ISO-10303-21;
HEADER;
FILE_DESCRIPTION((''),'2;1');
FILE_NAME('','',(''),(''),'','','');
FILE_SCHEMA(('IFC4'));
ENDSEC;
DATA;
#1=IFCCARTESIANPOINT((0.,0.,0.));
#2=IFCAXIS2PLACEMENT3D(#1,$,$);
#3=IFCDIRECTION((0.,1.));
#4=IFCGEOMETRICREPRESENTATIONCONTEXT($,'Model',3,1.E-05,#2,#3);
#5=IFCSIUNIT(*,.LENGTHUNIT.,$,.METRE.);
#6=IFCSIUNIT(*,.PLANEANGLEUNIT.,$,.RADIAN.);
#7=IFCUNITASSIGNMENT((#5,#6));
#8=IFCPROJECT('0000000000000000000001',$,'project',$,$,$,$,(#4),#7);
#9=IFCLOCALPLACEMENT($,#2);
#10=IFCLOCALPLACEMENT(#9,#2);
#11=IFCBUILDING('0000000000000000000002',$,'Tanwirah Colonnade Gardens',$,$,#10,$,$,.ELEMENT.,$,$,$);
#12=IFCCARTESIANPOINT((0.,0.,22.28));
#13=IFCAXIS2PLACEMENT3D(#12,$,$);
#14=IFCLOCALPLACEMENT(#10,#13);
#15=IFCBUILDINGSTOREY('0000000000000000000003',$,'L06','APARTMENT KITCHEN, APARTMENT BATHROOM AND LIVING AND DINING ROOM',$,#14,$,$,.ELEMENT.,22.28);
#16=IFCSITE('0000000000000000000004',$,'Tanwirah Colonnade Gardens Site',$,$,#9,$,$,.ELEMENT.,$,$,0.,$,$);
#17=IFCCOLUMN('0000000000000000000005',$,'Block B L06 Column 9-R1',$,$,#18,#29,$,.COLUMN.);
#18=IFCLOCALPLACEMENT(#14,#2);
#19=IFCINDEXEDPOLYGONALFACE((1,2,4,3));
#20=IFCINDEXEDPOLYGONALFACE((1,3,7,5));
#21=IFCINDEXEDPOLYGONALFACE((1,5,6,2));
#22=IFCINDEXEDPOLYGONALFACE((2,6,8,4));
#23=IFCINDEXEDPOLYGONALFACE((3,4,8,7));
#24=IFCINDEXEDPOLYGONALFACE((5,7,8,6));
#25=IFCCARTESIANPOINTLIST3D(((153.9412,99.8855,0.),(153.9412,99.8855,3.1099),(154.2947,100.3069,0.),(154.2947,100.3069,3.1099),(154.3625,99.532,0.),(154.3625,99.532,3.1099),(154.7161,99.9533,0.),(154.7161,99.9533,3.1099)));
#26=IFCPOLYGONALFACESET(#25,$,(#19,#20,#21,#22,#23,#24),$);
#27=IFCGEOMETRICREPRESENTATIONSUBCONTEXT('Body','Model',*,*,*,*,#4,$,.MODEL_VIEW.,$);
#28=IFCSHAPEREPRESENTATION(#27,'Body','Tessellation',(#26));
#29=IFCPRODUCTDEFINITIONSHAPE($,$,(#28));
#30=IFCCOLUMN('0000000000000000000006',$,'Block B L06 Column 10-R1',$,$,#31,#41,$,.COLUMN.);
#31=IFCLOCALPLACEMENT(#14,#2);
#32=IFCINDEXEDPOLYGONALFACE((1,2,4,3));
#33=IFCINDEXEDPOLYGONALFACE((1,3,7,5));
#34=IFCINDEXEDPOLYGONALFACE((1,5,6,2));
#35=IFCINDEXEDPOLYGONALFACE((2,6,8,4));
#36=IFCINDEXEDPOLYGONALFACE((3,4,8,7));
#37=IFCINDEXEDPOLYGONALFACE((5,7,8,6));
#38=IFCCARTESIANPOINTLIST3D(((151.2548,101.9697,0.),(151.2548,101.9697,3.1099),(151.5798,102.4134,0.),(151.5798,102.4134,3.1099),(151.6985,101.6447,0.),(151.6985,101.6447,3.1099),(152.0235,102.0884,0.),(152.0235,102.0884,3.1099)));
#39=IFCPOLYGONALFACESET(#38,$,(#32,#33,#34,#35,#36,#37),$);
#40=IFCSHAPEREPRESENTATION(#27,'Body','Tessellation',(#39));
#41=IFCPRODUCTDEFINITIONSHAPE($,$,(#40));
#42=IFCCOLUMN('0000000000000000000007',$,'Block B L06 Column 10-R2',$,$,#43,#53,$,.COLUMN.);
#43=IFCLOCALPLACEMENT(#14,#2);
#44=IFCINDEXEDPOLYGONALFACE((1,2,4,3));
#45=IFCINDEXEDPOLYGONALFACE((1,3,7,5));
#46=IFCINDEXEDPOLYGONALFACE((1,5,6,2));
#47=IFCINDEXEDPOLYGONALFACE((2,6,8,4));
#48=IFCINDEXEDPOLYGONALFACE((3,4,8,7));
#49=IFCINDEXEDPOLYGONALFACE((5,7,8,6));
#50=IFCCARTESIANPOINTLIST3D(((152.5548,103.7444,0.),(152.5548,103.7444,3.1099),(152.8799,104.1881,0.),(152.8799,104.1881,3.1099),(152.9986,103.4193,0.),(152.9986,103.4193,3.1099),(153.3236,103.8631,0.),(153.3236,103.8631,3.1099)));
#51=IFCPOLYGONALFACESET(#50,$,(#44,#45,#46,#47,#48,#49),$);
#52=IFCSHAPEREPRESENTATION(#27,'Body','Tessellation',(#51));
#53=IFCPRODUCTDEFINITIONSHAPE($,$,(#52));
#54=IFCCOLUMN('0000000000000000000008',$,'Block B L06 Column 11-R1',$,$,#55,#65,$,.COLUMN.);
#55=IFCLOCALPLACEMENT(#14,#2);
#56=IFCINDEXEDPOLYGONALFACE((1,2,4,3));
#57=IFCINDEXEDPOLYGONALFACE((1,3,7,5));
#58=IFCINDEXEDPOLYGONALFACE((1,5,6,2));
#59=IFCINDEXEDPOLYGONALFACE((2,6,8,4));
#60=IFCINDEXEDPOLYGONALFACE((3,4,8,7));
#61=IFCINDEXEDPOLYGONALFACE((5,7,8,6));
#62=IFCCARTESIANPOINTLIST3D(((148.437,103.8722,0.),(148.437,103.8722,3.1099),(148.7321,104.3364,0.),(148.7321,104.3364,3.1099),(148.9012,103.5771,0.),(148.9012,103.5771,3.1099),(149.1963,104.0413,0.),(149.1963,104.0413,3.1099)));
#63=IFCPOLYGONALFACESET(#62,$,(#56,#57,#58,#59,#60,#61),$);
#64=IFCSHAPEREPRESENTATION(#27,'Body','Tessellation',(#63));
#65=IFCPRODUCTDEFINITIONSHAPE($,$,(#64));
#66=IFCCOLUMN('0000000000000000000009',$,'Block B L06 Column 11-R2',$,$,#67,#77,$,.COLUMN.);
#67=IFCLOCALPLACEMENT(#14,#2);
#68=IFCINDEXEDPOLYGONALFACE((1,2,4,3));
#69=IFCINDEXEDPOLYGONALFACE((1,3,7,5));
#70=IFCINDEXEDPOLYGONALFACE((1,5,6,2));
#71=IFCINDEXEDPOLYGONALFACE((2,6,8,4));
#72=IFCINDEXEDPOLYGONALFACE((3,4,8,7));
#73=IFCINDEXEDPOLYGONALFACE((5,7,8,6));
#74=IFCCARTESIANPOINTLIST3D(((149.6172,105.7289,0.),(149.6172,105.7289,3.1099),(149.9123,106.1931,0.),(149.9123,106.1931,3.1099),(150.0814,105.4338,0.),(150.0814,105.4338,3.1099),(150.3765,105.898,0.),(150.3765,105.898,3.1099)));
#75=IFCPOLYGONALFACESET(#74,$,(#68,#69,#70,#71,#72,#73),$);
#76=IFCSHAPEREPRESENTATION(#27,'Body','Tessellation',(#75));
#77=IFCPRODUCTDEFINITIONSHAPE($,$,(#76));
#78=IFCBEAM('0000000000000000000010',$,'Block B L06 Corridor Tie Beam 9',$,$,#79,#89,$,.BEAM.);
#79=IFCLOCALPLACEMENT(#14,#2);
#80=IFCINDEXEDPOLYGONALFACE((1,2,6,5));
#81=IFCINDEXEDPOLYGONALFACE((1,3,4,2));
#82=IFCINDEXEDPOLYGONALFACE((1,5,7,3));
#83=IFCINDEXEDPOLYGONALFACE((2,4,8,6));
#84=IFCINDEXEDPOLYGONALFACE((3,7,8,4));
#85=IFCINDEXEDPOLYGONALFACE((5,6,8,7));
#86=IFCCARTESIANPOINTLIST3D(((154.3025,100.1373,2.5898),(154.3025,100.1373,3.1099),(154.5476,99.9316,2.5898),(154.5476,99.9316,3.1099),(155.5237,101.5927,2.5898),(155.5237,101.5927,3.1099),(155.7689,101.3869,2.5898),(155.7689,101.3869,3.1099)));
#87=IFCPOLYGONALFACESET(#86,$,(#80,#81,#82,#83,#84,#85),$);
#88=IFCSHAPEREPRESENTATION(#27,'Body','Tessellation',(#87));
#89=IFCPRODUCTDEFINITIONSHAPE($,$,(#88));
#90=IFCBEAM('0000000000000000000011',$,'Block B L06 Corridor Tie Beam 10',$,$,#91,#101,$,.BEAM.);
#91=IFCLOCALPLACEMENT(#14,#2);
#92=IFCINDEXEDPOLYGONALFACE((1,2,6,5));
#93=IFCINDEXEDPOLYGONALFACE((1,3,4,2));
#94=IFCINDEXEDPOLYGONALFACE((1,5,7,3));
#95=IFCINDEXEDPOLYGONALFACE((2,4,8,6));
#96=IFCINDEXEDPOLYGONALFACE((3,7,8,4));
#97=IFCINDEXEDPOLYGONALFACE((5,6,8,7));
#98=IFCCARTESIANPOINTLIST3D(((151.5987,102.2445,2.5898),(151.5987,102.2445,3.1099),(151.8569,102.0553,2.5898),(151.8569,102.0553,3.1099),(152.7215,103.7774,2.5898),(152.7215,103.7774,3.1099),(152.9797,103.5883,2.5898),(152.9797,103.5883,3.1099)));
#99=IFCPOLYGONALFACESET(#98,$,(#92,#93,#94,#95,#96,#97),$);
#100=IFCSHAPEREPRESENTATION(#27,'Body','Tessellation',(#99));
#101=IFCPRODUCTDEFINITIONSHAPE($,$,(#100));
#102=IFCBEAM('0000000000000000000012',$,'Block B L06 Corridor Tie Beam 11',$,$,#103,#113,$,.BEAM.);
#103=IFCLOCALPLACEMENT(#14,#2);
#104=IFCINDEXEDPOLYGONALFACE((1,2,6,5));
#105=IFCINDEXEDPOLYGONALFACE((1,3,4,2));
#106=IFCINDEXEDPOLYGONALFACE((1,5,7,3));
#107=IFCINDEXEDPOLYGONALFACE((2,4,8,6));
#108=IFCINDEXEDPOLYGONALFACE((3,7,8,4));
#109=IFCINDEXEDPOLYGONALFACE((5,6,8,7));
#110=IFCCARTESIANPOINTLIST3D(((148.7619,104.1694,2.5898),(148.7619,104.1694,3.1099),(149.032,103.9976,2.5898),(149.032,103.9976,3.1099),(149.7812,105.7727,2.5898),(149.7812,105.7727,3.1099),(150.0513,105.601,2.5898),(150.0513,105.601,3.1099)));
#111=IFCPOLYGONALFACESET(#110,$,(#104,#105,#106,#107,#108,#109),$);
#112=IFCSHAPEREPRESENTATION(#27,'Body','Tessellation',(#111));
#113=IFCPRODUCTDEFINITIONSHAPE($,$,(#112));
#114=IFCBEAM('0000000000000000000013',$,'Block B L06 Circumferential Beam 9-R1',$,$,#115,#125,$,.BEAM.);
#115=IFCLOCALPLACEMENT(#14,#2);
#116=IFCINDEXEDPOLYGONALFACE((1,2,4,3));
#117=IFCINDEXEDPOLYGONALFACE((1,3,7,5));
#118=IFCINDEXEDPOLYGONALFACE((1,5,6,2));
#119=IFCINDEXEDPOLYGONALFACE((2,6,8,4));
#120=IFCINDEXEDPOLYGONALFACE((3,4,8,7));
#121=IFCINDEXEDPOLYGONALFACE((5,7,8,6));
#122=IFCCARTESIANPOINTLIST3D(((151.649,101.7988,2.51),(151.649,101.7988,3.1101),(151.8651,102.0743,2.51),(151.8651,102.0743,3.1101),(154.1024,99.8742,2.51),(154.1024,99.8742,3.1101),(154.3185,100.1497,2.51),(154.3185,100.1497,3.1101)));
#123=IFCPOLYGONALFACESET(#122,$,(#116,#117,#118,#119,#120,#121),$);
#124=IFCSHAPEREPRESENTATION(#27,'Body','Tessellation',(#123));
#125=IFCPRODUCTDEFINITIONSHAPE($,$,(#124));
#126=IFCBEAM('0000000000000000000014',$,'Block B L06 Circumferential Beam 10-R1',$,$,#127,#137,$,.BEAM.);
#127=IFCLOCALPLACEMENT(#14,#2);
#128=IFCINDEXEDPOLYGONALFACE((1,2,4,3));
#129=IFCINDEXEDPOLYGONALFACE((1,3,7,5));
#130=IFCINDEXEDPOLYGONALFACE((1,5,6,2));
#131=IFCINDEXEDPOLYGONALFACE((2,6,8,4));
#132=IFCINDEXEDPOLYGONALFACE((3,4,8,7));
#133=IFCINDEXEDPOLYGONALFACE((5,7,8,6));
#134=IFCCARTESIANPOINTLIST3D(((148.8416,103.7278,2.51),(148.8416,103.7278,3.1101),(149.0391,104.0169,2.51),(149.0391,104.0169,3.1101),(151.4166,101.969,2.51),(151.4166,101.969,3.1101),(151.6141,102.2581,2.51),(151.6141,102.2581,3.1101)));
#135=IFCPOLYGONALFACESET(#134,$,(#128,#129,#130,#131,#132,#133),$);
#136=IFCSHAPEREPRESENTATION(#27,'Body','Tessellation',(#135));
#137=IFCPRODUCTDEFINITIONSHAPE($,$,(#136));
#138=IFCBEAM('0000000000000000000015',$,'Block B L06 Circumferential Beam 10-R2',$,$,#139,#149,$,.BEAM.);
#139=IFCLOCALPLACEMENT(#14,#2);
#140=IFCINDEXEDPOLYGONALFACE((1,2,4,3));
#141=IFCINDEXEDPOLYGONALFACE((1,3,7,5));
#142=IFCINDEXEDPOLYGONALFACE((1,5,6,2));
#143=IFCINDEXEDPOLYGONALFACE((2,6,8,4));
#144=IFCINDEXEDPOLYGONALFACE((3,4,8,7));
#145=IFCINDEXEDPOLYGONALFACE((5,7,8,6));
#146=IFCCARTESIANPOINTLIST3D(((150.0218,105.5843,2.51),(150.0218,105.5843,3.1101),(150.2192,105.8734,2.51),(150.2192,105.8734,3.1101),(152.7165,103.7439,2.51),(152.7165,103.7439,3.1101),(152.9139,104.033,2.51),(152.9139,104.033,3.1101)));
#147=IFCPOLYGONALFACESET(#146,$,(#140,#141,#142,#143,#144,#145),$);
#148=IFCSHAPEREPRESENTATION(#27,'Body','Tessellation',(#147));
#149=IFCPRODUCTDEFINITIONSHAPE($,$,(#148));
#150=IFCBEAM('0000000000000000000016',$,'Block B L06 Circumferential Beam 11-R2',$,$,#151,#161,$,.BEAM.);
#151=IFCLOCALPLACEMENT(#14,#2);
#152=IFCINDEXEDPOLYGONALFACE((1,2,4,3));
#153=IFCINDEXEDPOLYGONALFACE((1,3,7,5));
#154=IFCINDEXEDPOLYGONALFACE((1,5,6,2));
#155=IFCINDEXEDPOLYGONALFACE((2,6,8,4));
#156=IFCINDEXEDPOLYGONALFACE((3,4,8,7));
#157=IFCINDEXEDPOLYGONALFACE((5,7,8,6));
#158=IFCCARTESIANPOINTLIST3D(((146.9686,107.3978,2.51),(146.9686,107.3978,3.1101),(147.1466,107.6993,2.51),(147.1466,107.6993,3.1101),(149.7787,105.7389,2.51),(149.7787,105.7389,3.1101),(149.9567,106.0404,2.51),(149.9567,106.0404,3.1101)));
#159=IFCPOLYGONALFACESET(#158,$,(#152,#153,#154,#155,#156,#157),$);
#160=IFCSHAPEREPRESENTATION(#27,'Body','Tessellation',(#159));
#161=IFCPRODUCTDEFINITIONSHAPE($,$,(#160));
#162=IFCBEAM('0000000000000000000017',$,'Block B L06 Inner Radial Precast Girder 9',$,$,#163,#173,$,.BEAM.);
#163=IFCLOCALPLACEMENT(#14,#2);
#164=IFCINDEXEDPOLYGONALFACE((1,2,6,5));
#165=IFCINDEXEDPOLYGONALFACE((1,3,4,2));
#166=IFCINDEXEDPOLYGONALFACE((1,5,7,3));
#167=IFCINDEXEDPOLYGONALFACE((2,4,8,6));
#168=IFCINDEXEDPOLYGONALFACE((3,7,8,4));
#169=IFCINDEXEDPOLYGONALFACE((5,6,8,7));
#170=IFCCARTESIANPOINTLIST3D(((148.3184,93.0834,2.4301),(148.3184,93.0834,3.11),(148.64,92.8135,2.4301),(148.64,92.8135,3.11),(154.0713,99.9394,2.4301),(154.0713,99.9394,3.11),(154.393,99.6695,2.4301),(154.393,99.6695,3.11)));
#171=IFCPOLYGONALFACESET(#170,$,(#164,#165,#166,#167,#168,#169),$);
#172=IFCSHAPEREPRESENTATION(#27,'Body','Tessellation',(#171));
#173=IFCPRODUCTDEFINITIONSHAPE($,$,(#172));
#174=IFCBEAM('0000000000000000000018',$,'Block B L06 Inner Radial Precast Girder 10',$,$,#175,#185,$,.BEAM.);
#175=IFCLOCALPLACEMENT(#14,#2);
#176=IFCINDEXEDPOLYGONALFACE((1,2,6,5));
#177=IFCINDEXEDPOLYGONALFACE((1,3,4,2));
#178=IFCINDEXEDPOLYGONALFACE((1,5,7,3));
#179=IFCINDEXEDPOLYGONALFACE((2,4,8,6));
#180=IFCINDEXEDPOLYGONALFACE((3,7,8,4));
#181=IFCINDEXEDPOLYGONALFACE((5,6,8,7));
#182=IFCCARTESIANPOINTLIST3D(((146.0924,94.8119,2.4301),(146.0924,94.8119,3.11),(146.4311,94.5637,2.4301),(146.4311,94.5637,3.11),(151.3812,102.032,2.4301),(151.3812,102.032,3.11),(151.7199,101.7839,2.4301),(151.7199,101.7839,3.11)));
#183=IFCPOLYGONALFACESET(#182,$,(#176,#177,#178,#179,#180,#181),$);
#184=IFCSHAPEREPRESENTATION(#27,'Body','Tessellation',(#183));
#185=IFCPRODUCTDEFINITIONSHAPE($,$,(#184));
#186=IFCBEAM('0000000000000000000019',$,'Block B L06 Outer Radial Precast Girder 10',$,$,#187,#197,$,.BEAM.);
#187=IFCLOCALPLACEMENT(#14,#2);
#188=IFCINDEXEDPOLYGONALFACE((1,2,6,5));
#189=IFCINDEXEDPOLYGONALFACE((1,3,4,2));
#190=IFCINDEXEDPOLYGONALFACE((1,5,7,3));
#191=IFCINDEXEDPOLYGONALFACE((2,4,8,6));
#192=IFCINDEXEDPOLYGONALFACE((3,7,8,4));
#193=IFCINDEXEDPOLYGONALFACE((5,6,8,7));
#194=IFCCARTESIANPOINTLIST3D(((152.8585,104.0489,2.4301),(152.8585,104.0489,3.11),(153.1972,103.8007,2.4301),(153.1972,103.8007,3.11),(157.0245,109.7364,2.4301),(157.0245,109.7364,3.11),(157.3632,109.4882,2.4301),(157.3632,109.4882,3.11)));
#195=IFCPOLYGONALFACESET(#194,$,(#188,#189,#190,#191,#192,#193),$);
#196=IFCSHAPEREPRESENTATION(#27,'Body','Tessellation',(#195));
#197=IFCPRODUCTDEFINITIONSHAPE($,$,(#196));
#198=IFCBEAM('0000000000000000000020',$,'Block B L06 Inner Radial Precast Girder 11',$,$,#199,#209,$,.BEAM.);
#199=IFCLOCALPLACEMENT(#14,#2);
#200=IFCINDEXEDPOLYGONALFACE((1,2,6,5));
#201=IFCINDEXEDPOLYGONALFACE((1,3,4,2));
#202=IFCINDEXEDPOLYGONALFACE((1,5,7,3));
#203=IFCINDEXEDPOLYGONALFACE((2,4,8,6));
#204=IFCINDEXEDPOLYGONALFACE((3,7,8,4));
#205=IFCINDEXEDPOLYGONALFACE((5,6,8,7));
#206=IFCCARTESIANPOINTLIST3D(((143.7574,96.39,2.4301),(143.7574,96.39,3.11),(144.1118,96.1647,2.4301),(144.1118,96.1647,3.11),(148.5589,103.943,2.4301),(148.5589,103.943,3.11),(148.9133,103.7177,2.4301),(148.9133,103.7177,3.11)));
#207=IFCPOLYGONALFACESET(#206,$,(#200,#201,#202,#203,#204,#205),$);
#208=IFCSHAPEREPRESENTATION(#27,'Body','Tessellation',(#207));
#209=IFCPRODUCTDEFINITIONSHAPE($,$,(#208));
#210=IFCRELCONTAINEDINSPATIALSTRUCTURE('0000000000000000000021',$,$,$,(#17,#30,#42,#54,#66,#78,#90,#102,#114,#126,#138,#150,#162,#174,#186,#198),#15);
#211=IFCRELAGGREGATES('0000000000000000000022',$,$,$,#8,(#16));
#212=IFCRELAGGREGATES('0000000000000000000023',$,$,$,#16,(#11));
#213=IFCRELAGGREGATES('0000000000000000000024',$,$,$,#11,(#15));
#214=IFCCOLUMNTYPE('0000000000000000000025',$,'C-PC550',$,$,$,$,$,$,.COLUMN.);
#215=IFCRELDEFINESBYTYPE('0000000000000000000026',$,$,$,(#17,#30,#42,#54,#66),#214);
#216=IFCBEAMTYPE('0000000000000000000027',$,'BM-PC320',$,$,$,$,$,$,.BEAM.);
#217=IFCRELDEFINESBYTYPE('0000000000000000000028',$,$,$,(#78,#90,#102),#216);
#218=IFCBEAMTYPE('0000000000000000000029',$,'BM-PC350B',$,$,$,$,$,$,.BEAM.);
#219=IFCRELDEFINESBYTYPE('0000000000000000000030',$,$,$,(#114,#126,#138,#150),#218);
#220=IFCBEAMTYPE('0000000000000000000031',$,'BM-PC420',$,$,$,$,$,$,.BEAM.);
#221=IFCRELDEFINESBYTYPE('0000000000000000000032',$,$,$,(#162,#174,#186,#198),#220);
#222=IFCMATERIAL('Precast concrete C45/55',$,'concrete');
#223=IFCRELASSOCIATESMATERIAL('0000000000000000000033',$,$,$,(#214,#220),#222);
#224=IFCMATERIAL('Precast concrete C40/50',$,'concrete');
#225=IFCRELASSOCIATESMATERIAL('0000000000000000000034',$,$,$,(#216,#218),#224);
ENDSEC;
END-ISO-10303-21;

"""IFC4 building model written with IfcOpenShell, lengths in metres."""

from ifc_helpers import new_model, si_unit, direction, frame, origin, origin_2d, place, context, subcontext, project, spatial, rectangle, extrude, material, material_profile, profile_set, type_object, element, save


model = new_model("IFC4")

# Units and contexts
model_context = context("Model", 3, precision=1e-05, world=origin(), true_north=direction((0.0, 1.0)))
body_context = subcontext(model_context, "Body", "Model", "MODEL_VIEW")
ifc_project = project(units=[si_unit("LENGTHUNIT", "METRE"), si_unit("PLANEANGLEUNIT", "RADIAN")], contexts=[model_context])

# Site, building, storey
site_placement = place(None, origin())
site = spatial("IfcSite", under=ifc_project, at=site_placement, Name="Tanwirah Colonnade Gardens Site", CompositionType="ELEMENT", RefElevation=0.0)
building_placement = place(site_placement, origin())
building = spatial("IfcBuilding", under=site, at=building_placement, Name="Tanwirah Colonnade Gardens", CompositionType="ELEMENT")
storey_placement = place(building_placement, frame((0.0, 0.0, 22.28)))
storey = spatial("IfcBuildingStorey", under=building, at=storey_placement, Name="L06", Description="APARTMENT KITCHEN, APARTMENT BATHROOM AND LIVING AND DINING ROOM", CompositionType="ELEMENT", Elevation=22.28)

# Columns
ifc_material_1 = material(Name="Precast concrete C45/55", Category="concrete")
ifc_material_profile_1 = material_profile(ifc_material_1, rectangle(XDim=0.55, YDim=0.55, at=origin_2d()), Name="PC-COL 550x550")
ifc_profile_set_1 = profile_set([ifc_material_profile_1], Name="Precast concrete C45/55")
column_type = type_object("IfcColumnType", Name="C-PC550", PredefinedType="COLUMN", material=ifc_profile_set_1)
for number, where, z_axis, x_axis, name in (
    (1, (154.3286, 99.9194, 0.0), (0.0, 0.0, 1.0), (0.642788, 0.766044, 0.0), "Block B L06 Column 9-R1"),
    (2, (151.6392, 102.0291, 0.0), (0.0, 0.0, 1.0), (0.590919, 0.806731, 0.0), "Block B L06 Column 10-R1"),
    (3, (152.9392, 103.8037, 0.0), (0.0, 0.0, 1.0), (0.590919, 0.806731, 0.0), "Block B L06 Column 10-R2"),
    (4, (148.8167, 103.9568, 0.0), (0.0, 0.0, 1.0), (0.536482, 0.843912, 0.0), "Block B L06 Column 11-R1"),
    (5, (149.9968, 105.8135, 0.0), (0.0, 0.0, 1.0), (0.536482, 0.843912, 0.0), "Block B L06 Column 11-R2"),
):
    element("IfcColumn", number, at=place(storey_placement, frame(where, z_axis=z_axis, x_axis=x_axis)), inside=storey, type_object=column_type, Name=name, PredefinedType="COLUMN", context=body_context, shape_type="SweptSolid", body=[
        extrude(rectangle(XDim=0.55, YDim=0.55, at=origin_2d()), origin(), (0.0, 0.0, 1.0), 3.1099),
    ])

# Beams
ifc_material_2 = material(Name="Precast concrete C40/50", Category="concrete")
ifc_material_profile_2 = material_profile(ifc_material_2, rectangle(XDim=0.3201, YDim=0.52, at=origin_2d()), Name="PC-BM 320x520")
ifc_profile_set_2 = profile_set([ifc_material_profile_2], Name="Precast concrete C40/50")
beam_type_1 = type_object("IfcBeamType", Name="BM-PC320", PredefinedType="BEAM", material=ifc_profile_set_2)
beam_1_placement = place(storey_placement, frame((154.425, 100.0344, 2.8499), z_axis=(0.642797, 0.766036, 0.0), x_axis=(-0.766036, 0.642797, 0.0)))
element("IfcBeam", 6, at=beam_1_placement, inside=storey, type_object=beam_type_1, Name="Block B L06 Corridor Tie Beam 9", PredefinedType="BEAM", context=body_context, shape_type="SweptSolid", body=[
    extrude(rectangle(XDim=0.3201, YDim=0.52, at=origin_2d()), origin(), (0.0, 0.0, 1.0), 1.8999),
])
beam_2_placement = place(storey_placement, frame((151.7278, 102.1499, 2.8499), z_axis=(0.590896, 0.806748, 0.0), x_axis=(-0.806748, 0.590896, 0.0)))
element("IfcBeam", 7, at=beam_2_placement, inside=storey, type_object=beam_type_1, Name="Block B L06 Corridor Tie Beam 10", PredefinedType="BEAM", context=body_context, shape_type="SweptSolid", body=[
    extrude(rectangle(XDim=0.3201, YDim=0.52, at=origin_2d()), origin(), (0.0, 0.0, 1.0), 1.9001),
])
beam_3_placement = place(storey_placement, frame((148.897, 104.0835, 2.8499), z_axis=(0.53651, 0.843894, 0.0), x_axis=(-0.843894, 0.53651, 0.0)))
element("IfcBeam", 8, at=beam_3_placement, inside=storey, type_object=beam_type_1, Name="Block B L06 Corridor Tie Beam 11", PredefinedType="BEAM", context=body_context, shape_type="SweptSolid", body=[
    extrude(rectangle(XDim=0.3201, YDim=0.52, at=origin_2d()), origin(), (0.0, 0.0, 1.0), 1.8999),
])
ifc_material_profile_3 = material_profile(ifc_material_2, rectangle(XDim=0.3501, YDim=0.6001, at=origin_2d()), Name="PC-BM 350x600")
ifc_profile_set_3 = profile_set([ifc_material_profile_3], Name="Precast concrete C40/50")
beam_type_2 = type_object("IfcBeamType", Name="BM-PC350B", PredefinedType="BEAM", material=ifc_profile_set_3)
beam_4_placement = place(storey_placement, frame((154.2104, 100.012, 2.8101), z_axis=(-0.786799, 0.617209, 0.0), x_axis=(-0.617209, -0.786799, 0.0)))
element("IfcBeam", 9, at=beam_4_placement, inside=storey, type_object=beam_type_2, Name="Block B L06 Circumferential Beam 9-R1", PredefinedType="BEAM", context=body_context, shape_type="SweptSolid", body=[
    extrude(rectangle(XDim=0.3501, YDim=0.6001, at=origin_2d()), origin(), (0.0, 0.0, 1.0), 3.1182),
])
beam_5_placement = place(storey_placement, frame((151.5154, 102.1135, 2.8101), z_axis=(-0.825758, 0.564024, 0.0), x_axis=(-0.564024, -0.825758, 0.0)))
element("IfcBeam", 10, at=beam_5_placement, inside=storey, type_object=beam_type_2, Name="Block B L06 Circumferential Beam 10-R1", PredefinedType="BEAM", context=body_context, shape_type="SweptSolid", body=[
    extrude(rectangle(XDim=0.3501, YDim=0.6001, at=origin_2d()), origin(), (0.0, 0.0, 1.0), 3.1184),
])
for number, where, z_axis, x_axis, name in (
    (11, (152.8152, 103.8884, 2.8101), (-0.825782, 0.563989, 0.0), (-0.563989, -0.825782, 0.0), "Block B L06 Circumferential Beam 10-R2"),
    (12, (149.8677, 105.8896, 2.8101), (-0.861135, 0.508376, 0.0), (-0.508376, -0.861135, 0.0), "Block B L06 Circumferential Beam 11-R2"),
):
    element("IfcBeam", number, at=place(storey_placement, frame(where, z_axis=z_axis, x_axis=x_axis)), inside=storey, type_object=beam_type_2, Name=name, PredefinedType="BEAM", context=body_context, shape_type="SweptSolid", body=[
        extrude(rectangle(XDim=0.3501, YDim=0.6001, at=origin_2d()), origin(), (0.0, 0.0, 1.0), 3.2632),
    ])
ifc_material_profile_4 = material_profile(ifc_material_1, rectangle(XDim=0.4199, YDim=0.6799, at=origin_2d()), Name="PC-BM 420x680")
ifc_profile_set_4 = profile_set([ifc_material_profile_4], Name="Precast concrete C45/55")
beam_type_3 = type_object("IfcBeamType", Name="BM-PC420", PredefinedType="BEAM", material=ifc_profile_set_4)
for number, where, z_axis, x_axis, name in (
    (13, (154.2322, 99.8044, 2.77), (-0.642794, -0.766039, 0.0), (0.766039, -0.642794, 0.0), "Block B L06 Inner Radial Precast Girder 9"),
    (14, (151.5505, 101.908, 2.77), (-0.590927, -0.806725, 0.0), (0.806725, -0.590927, 0.0), "Block B L06 Inner Radial Precast Girder 10"),
):
    element("IfcBeam", number, at=place(storey_placement, frame(where, z_axis=z_axis, x_axis=x_axis)), inside=storey, type_object=beam_type_3, Name=name, PredefinedType="BEAM", context=body_context, shape_type="SweptSolid", body=[
        extrude(rectangle(XDim=0.4199, YDim=0.6799, at=origin_2d()), origin(), (0.0, 0.0, 1.0), 8.95),
    ])
beam_6_placement = place(storey_placement, frame((153.0278, 103.9248, 2.77), z_axis=(0.590919, 0.806731, 0.0), x_axis=(-0.806731, 0.590919, 0.0)))
element("IfcBeam", 15, at=beam_6_placement, inside=storey, type_object=beam_type_3, Name="Block B L06 Outer Radial Precast Girder 10", PredefinedType="BEAM", context=body_context, shape_type="SweptSolid", body=[
    extrude(rectangle(XDim=0.4199, YDim=0.6799, at=origin_2d()), origin(), (0.0, 0.0, 1.0), 7.05),
])
beam_7_placement = place(storey_placement, frame((148.7361, 103.8303, 2.77), z_axis=(-0.536484, -0.843911, 0.0), x_axis=(0.843911, -0.536484, 0.0)))
element("IfcBeam", 16, at=beam_7_placement, inside=storey, type_object=beam_type_3, Name="Block B L06 Inner Radial Precast Girder 11", PredefinedType="BEAM", context=body_context, shape_type="SweptSolid", body=[
    extrude(rectangle(XDim=0.4199, YDim=0.6799, at=origin_2d()), origin(), (0.0, 0.0, 1.0), 8.95),
])

save(model, "model.ifc")
